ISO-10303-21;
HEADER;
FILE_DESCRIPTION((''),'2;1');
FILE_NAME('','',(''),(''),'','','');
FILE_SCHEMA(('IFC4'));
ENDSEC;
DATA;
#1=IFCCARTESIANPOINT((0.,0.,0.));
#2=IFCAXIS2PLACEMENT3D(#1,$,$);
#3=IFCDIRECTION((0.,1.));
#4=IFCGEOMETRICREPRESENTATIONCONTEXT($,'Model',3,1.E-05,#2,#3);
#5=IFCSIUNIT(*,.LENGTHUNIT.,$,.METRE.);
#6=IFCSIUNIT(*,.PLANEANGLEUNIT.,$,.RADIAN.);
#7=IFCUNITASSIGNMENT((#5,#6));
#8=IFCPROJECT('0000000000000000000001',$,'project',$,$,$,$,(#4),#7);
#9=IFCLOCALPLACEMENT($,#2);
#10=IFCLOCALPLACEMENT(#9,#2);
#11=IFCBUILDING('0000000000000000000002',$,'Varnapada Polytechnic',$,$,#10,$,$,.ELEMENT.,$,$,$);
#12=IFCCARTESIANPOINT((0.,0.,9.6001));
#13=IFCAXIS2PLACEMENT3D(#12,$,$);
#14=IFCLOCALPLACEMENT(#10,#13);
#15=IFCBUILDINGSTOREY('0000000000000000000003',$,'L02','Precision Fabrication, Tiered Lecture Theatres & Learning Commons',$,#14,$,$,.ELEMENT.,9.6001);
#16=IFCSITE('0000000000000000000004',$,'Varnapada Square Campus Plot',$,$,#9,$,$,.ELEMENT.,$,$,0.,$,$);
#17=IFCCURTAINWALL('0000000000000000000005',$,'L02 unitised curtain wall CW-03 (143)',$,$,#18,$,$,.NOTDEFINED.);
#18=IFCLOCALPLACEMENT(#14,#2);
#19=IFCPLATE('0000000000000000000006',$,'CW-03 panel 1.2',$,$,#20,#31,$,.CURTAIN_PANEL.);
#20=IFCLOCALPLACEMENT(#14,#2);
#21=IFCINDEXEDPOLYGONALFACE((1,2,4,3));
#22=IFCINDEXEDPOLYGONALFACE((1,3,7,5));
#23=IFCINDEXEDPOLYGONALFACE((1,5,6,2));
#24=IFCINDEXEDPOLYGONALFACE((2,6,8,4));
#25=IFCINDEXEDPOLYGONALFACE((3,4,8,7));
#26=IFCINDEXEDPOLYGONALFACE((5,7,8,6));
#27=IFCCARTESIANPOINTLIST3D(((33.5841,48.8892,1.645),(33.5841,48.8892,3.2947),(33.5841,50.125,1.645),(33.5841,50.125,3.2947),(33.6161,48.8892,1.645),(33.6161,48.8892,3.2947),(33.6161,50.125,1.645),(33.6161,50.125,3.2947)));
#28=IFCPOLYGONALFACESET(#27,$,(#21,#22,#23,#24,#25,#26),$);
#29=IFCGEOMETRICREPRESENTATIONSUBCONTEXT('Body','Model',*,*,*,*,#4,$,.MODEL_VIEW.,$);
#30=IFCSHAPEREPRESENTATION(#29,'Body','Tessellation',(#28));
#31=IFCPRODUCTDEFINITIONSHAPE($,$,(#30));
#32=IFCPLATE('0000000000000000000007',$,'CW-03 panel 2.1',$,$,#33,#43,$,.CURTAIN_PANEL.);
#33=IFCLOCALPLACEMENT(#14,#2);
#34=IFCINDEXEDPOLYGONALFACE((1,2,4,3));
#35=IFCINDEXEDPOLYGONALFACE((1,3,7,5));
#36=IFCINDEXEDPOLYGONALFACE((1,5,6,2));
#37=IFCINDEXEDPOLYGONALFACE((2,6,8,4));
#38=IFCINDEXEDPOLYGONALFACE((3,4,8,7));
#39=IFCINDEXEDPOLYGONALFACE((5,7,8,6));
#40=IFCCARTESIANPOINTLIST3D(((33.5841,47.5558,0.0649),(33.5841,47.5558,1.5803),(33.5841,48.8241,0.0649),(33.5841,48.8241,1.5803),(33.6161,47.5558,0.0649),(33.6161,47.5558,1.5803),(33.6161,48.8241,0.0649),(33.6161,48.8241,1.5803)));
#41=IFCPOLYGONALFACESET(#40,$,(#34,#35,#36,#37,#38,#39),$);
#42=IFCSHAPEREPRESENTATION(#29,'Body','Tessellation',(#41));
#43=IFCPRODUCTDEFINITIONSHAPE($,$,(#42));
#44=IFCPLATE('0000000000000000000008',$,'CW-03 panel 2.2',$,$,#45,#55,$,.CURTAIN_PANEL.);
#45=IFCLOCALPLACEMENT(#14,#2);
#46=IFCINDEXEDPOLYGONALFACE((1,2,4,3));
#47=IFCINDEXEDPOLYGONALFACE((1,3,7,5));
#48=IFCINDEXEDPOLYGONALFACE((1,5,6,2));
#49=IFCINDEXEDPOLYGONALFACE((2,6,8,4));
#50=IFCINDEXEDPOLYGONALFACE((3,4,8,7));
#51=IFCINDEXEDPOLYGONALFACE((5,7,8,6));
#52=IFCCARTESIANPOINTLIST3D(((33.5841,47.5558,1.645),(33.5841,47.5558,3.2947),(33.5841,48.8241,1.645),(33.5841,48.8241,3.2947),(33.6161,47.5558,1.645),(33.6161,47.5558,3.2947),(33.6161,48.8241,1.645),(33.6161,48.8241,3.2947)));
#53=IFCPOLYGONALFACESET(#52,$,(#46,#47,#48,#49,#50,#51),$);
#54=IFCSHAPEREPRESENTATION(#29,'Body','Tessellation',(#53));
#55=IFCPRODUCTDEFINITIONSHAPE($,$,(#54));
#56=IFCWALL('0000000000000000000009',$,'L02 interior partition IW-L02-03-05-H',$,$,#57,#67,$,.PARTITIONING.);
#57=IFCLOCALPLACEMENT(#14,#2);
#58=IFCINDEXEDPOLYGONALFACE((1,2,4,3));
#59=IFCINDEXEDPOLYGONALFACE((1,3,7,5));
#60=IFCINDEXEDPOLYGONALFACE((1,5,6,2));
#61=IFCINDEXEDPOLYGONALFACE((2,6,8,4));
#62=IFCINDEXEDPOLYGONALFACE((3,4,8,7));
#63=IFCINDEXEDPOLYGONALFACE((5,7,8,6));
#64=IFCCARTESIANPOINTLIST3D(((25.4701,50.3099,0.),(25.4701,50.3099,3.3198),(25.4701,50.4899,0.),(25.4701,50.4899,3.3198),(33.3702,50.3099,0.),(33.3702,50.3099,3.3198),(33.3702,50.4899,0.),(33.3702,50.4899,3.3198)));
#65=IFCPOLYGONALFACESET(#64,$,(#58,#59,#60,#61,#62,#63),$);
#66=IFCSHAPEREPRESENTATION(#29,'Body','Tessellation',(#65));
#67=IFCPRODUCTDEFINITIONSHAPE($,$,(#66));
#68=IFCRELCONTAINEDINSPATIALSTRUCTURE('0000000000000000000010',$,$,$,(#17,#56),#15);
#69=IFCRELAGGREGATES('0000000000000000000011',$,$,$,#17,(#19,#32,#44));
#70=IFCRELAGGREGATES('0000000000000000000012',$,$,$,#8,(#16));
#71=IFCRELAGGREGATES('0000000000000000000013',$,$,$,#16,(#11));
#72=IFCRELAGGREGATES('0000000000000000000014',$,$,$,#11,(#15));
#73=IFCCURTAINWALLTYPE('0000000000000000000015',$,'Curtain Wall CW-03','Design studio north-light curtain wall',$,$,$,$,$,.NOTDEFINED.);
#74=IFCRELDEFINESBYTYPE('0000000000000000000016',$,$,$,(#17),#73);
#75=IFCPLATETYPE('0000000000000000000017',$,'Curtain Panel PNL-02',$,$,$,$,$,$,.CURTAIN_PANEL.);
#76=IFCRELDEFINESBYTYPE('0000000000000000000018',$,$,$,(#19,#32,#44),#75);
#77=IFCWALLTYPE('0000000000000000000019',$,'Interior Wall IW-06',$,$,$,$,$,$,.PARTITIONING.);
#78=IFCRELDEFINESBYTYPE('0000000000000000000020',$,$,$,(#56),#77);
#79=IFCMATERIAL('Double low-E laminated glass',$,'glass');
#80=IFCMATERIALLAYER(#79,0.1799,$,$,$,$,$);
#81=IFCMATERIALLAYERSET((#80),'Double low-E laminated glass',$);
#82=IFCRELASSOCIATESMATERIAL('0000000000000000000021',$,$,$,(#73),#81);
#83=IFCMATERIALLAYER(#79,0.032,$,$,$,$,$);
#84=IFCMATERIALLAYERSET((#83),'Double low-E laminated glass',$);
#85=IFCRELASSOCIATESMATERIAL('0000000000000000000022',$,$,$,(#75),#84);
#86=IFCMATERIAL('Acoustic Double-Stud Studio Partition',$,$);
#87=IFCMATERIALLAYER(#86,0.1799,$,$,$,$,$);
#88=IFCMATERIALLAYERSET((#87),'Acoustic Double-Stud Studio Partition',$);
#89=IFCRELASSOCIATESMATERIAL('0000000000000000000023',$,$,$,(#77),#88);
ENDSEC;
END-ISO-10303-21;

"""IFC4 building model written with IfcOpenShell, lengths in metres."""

from ifc_helpers import new_model, si_unit, direction, frame, frame_2d, origin, origin_2d, place, context, subcontext, project, spatial, rectangle, extrude, material, layer, layer_set, type_object, element, aggregate, save


model = new_model("IFC4")

# Units and contexts
model_context = context("Model", 3, precision=1e-05, world=origin(), true_north=direction((0.0, 1.0)))
body_context = subcontext(model_context, "Body", "Model", "MODEL_VIEW")
ifc_project = project(units=[si_unit("LENGTHUNIT", "METRE"), si_unit("PLANEANGLEUNIT", "RADIAN")], contexts=[model_context])

# Site, building, storey
site_placement = place(None, origin())
site = spatial("IfcSite", under=ifc_project, at=site_placement, Name="Varnapada Square Campus Plot", CompositionType="ELEMENT", RefElevation=0.0)
building_placement = place(site_placement, origin())
building = spatial("IfcBuilding", under=site, at=building_placement, Name="Varnapada Polytechnic", CompositionType="ELEMENT")
storey_placement = place(building_placement, frame((0.0, 0.0, 9.6001)))
storey = spatial("IfcBuildingStorey", under=building, at=storey_placement, Name="L02", Description="Precision Fabrication, Tiered Lecture Theatres & Learning Commons", CompositionType="ELEMENT", Elevation=9.6001)

# Curtain wall, plates
ifc_material_1 = material(Name="Double low-E laminated glass", Category="glass")
ifc_layer_1 = layer(ifc_material_1, 0.1799)
ifc_layer_set_1 = layer_set([ifc_layer_1], Name="Double low-E laminated glass")
curtain_wall_type = type_object("IfcCurtainWallType", Name="Curtain Wall CW-03", Description="Design studio north-light curtain wall", PredefinedType="NOTDEFINED", material=ifc_layer_set_1)
curtain_wall_placement = place(storey_placement, origin())
curtain_wall = element("IfcCurtainWall", 1, at=curtain_wall_placement, inside=storey, type_object=curtain_wall_type, Name="L02 unitised curtain wall CW-03 (143)", PredefinedType="NOTDEFINED")
ifc_layer_2 = layer(ifc_material_1, 0.032)
ifc_layer_set_2 = layer_set([ifc_layer_2], Name="Double low-E laminated glass")
plate_type = type_object("IfcPlateType", Name="Curtain Panel PNL-02", PredefinedType="CURTAIN_PANEL", material=ifc_layer_set_2)
plate_1_placement = place(storey_placement, frame((33.6001, 49.5071, 1.645), z_axis=(0.0, 0.0, 1.0), x_axis=(0.0, -1.0, 0.0)))
plate_1 = element("IfcPlate", 2, at=plate_1_placement, type_object=plate_type, Name="CW-03 panel 1.2", PredefinedType="CURTAIN_PANEL", context=body_context, shape_type="SweptSolid", body=[
    extrude(rectangle(XDim=1.2358, YDim=0.032, at=origin_2d()), origin(), (0.0, 0.0, 1.0), 1.6497),
])
plate_2_placement = place(storey_placement, frame((33.6001, 48.1899, 0.0649), z_axis=(0.0, 0.0, 1.0), x_axis=(0.0, -1.0, 0.0)))
plate_2 = element("IfcPlate", 3, at=plate_2_placement, type_object=plate_type, Name="CW-03 panel 2.1", PredefinedType="CURTAIN_PANEL", context=body_context, shape_type="SweptSolid", body=[
    extrude(rectangle(XDim=1.2683, YDim=0.032, at=origin_2d()), origin(), (0.0, 0.0, 1.0), 1.5154),
])
plate_3_placement = place(storey_placement, frame((33.6001, 48.1899, 1.645), z_axis=(0.0, 0.0, 1.0), x_axis=(0.0, -1.0, 0.0)))
plate_3 = element("IfcPlate", 4, at=plate_3_placement, type_object=plate_type, Name="CW-03 panel 2.2", PredefinedType="CURTAIN_PANEL", context=body_context, shape_type="SweptSolid", body=[
    extrude(rectangle(XDim=1.2683, YDim=0.032, at=origin_2d()), origin(), (0.0, 0.0, 1.0), 1.6497),
])
aggregate(curtain_wall, [plate_1, plate_2, plate_3])

# Wall
ifc_material_2 = material(Name="Acoustic Double-Stud Studio Partition")
ifc_layer_3 = layer(ifc_material_2, 0.1799)
ifc_layer_set_3 = layer_set([ifc_layer_3], Name="Acoustic Double-Stud Studio Partition")
wall_type = type_object("IfcWallType", Name="Interior Wall IW-06", PredefinedType="PARTITIONING", material=ifc_layer_set_3)
wall_placement = place(storey_placement, frame((25.47, 50.3999, 0.0), z_axis=(0.0, 0.0, 1.0), x_axis=(1.0, 0.0, 0.0)))
element("IfcWall", 5, at=wall_placement, inside=storey, type_object=wall_type, Name="L02 interior partition IW-L02-03-05-H", PredefinedType="PARTITIONING", context=body_context, shape_type="SweptSolid", body=[
    extrude(rectangle(XDim=7.9001, YDim=0.1799, at=frame_2d((3.9502, 0.0))), origin(), (0.0, 0.0, 1.0), 3.3198),
])

save(model, "model.ifc")
